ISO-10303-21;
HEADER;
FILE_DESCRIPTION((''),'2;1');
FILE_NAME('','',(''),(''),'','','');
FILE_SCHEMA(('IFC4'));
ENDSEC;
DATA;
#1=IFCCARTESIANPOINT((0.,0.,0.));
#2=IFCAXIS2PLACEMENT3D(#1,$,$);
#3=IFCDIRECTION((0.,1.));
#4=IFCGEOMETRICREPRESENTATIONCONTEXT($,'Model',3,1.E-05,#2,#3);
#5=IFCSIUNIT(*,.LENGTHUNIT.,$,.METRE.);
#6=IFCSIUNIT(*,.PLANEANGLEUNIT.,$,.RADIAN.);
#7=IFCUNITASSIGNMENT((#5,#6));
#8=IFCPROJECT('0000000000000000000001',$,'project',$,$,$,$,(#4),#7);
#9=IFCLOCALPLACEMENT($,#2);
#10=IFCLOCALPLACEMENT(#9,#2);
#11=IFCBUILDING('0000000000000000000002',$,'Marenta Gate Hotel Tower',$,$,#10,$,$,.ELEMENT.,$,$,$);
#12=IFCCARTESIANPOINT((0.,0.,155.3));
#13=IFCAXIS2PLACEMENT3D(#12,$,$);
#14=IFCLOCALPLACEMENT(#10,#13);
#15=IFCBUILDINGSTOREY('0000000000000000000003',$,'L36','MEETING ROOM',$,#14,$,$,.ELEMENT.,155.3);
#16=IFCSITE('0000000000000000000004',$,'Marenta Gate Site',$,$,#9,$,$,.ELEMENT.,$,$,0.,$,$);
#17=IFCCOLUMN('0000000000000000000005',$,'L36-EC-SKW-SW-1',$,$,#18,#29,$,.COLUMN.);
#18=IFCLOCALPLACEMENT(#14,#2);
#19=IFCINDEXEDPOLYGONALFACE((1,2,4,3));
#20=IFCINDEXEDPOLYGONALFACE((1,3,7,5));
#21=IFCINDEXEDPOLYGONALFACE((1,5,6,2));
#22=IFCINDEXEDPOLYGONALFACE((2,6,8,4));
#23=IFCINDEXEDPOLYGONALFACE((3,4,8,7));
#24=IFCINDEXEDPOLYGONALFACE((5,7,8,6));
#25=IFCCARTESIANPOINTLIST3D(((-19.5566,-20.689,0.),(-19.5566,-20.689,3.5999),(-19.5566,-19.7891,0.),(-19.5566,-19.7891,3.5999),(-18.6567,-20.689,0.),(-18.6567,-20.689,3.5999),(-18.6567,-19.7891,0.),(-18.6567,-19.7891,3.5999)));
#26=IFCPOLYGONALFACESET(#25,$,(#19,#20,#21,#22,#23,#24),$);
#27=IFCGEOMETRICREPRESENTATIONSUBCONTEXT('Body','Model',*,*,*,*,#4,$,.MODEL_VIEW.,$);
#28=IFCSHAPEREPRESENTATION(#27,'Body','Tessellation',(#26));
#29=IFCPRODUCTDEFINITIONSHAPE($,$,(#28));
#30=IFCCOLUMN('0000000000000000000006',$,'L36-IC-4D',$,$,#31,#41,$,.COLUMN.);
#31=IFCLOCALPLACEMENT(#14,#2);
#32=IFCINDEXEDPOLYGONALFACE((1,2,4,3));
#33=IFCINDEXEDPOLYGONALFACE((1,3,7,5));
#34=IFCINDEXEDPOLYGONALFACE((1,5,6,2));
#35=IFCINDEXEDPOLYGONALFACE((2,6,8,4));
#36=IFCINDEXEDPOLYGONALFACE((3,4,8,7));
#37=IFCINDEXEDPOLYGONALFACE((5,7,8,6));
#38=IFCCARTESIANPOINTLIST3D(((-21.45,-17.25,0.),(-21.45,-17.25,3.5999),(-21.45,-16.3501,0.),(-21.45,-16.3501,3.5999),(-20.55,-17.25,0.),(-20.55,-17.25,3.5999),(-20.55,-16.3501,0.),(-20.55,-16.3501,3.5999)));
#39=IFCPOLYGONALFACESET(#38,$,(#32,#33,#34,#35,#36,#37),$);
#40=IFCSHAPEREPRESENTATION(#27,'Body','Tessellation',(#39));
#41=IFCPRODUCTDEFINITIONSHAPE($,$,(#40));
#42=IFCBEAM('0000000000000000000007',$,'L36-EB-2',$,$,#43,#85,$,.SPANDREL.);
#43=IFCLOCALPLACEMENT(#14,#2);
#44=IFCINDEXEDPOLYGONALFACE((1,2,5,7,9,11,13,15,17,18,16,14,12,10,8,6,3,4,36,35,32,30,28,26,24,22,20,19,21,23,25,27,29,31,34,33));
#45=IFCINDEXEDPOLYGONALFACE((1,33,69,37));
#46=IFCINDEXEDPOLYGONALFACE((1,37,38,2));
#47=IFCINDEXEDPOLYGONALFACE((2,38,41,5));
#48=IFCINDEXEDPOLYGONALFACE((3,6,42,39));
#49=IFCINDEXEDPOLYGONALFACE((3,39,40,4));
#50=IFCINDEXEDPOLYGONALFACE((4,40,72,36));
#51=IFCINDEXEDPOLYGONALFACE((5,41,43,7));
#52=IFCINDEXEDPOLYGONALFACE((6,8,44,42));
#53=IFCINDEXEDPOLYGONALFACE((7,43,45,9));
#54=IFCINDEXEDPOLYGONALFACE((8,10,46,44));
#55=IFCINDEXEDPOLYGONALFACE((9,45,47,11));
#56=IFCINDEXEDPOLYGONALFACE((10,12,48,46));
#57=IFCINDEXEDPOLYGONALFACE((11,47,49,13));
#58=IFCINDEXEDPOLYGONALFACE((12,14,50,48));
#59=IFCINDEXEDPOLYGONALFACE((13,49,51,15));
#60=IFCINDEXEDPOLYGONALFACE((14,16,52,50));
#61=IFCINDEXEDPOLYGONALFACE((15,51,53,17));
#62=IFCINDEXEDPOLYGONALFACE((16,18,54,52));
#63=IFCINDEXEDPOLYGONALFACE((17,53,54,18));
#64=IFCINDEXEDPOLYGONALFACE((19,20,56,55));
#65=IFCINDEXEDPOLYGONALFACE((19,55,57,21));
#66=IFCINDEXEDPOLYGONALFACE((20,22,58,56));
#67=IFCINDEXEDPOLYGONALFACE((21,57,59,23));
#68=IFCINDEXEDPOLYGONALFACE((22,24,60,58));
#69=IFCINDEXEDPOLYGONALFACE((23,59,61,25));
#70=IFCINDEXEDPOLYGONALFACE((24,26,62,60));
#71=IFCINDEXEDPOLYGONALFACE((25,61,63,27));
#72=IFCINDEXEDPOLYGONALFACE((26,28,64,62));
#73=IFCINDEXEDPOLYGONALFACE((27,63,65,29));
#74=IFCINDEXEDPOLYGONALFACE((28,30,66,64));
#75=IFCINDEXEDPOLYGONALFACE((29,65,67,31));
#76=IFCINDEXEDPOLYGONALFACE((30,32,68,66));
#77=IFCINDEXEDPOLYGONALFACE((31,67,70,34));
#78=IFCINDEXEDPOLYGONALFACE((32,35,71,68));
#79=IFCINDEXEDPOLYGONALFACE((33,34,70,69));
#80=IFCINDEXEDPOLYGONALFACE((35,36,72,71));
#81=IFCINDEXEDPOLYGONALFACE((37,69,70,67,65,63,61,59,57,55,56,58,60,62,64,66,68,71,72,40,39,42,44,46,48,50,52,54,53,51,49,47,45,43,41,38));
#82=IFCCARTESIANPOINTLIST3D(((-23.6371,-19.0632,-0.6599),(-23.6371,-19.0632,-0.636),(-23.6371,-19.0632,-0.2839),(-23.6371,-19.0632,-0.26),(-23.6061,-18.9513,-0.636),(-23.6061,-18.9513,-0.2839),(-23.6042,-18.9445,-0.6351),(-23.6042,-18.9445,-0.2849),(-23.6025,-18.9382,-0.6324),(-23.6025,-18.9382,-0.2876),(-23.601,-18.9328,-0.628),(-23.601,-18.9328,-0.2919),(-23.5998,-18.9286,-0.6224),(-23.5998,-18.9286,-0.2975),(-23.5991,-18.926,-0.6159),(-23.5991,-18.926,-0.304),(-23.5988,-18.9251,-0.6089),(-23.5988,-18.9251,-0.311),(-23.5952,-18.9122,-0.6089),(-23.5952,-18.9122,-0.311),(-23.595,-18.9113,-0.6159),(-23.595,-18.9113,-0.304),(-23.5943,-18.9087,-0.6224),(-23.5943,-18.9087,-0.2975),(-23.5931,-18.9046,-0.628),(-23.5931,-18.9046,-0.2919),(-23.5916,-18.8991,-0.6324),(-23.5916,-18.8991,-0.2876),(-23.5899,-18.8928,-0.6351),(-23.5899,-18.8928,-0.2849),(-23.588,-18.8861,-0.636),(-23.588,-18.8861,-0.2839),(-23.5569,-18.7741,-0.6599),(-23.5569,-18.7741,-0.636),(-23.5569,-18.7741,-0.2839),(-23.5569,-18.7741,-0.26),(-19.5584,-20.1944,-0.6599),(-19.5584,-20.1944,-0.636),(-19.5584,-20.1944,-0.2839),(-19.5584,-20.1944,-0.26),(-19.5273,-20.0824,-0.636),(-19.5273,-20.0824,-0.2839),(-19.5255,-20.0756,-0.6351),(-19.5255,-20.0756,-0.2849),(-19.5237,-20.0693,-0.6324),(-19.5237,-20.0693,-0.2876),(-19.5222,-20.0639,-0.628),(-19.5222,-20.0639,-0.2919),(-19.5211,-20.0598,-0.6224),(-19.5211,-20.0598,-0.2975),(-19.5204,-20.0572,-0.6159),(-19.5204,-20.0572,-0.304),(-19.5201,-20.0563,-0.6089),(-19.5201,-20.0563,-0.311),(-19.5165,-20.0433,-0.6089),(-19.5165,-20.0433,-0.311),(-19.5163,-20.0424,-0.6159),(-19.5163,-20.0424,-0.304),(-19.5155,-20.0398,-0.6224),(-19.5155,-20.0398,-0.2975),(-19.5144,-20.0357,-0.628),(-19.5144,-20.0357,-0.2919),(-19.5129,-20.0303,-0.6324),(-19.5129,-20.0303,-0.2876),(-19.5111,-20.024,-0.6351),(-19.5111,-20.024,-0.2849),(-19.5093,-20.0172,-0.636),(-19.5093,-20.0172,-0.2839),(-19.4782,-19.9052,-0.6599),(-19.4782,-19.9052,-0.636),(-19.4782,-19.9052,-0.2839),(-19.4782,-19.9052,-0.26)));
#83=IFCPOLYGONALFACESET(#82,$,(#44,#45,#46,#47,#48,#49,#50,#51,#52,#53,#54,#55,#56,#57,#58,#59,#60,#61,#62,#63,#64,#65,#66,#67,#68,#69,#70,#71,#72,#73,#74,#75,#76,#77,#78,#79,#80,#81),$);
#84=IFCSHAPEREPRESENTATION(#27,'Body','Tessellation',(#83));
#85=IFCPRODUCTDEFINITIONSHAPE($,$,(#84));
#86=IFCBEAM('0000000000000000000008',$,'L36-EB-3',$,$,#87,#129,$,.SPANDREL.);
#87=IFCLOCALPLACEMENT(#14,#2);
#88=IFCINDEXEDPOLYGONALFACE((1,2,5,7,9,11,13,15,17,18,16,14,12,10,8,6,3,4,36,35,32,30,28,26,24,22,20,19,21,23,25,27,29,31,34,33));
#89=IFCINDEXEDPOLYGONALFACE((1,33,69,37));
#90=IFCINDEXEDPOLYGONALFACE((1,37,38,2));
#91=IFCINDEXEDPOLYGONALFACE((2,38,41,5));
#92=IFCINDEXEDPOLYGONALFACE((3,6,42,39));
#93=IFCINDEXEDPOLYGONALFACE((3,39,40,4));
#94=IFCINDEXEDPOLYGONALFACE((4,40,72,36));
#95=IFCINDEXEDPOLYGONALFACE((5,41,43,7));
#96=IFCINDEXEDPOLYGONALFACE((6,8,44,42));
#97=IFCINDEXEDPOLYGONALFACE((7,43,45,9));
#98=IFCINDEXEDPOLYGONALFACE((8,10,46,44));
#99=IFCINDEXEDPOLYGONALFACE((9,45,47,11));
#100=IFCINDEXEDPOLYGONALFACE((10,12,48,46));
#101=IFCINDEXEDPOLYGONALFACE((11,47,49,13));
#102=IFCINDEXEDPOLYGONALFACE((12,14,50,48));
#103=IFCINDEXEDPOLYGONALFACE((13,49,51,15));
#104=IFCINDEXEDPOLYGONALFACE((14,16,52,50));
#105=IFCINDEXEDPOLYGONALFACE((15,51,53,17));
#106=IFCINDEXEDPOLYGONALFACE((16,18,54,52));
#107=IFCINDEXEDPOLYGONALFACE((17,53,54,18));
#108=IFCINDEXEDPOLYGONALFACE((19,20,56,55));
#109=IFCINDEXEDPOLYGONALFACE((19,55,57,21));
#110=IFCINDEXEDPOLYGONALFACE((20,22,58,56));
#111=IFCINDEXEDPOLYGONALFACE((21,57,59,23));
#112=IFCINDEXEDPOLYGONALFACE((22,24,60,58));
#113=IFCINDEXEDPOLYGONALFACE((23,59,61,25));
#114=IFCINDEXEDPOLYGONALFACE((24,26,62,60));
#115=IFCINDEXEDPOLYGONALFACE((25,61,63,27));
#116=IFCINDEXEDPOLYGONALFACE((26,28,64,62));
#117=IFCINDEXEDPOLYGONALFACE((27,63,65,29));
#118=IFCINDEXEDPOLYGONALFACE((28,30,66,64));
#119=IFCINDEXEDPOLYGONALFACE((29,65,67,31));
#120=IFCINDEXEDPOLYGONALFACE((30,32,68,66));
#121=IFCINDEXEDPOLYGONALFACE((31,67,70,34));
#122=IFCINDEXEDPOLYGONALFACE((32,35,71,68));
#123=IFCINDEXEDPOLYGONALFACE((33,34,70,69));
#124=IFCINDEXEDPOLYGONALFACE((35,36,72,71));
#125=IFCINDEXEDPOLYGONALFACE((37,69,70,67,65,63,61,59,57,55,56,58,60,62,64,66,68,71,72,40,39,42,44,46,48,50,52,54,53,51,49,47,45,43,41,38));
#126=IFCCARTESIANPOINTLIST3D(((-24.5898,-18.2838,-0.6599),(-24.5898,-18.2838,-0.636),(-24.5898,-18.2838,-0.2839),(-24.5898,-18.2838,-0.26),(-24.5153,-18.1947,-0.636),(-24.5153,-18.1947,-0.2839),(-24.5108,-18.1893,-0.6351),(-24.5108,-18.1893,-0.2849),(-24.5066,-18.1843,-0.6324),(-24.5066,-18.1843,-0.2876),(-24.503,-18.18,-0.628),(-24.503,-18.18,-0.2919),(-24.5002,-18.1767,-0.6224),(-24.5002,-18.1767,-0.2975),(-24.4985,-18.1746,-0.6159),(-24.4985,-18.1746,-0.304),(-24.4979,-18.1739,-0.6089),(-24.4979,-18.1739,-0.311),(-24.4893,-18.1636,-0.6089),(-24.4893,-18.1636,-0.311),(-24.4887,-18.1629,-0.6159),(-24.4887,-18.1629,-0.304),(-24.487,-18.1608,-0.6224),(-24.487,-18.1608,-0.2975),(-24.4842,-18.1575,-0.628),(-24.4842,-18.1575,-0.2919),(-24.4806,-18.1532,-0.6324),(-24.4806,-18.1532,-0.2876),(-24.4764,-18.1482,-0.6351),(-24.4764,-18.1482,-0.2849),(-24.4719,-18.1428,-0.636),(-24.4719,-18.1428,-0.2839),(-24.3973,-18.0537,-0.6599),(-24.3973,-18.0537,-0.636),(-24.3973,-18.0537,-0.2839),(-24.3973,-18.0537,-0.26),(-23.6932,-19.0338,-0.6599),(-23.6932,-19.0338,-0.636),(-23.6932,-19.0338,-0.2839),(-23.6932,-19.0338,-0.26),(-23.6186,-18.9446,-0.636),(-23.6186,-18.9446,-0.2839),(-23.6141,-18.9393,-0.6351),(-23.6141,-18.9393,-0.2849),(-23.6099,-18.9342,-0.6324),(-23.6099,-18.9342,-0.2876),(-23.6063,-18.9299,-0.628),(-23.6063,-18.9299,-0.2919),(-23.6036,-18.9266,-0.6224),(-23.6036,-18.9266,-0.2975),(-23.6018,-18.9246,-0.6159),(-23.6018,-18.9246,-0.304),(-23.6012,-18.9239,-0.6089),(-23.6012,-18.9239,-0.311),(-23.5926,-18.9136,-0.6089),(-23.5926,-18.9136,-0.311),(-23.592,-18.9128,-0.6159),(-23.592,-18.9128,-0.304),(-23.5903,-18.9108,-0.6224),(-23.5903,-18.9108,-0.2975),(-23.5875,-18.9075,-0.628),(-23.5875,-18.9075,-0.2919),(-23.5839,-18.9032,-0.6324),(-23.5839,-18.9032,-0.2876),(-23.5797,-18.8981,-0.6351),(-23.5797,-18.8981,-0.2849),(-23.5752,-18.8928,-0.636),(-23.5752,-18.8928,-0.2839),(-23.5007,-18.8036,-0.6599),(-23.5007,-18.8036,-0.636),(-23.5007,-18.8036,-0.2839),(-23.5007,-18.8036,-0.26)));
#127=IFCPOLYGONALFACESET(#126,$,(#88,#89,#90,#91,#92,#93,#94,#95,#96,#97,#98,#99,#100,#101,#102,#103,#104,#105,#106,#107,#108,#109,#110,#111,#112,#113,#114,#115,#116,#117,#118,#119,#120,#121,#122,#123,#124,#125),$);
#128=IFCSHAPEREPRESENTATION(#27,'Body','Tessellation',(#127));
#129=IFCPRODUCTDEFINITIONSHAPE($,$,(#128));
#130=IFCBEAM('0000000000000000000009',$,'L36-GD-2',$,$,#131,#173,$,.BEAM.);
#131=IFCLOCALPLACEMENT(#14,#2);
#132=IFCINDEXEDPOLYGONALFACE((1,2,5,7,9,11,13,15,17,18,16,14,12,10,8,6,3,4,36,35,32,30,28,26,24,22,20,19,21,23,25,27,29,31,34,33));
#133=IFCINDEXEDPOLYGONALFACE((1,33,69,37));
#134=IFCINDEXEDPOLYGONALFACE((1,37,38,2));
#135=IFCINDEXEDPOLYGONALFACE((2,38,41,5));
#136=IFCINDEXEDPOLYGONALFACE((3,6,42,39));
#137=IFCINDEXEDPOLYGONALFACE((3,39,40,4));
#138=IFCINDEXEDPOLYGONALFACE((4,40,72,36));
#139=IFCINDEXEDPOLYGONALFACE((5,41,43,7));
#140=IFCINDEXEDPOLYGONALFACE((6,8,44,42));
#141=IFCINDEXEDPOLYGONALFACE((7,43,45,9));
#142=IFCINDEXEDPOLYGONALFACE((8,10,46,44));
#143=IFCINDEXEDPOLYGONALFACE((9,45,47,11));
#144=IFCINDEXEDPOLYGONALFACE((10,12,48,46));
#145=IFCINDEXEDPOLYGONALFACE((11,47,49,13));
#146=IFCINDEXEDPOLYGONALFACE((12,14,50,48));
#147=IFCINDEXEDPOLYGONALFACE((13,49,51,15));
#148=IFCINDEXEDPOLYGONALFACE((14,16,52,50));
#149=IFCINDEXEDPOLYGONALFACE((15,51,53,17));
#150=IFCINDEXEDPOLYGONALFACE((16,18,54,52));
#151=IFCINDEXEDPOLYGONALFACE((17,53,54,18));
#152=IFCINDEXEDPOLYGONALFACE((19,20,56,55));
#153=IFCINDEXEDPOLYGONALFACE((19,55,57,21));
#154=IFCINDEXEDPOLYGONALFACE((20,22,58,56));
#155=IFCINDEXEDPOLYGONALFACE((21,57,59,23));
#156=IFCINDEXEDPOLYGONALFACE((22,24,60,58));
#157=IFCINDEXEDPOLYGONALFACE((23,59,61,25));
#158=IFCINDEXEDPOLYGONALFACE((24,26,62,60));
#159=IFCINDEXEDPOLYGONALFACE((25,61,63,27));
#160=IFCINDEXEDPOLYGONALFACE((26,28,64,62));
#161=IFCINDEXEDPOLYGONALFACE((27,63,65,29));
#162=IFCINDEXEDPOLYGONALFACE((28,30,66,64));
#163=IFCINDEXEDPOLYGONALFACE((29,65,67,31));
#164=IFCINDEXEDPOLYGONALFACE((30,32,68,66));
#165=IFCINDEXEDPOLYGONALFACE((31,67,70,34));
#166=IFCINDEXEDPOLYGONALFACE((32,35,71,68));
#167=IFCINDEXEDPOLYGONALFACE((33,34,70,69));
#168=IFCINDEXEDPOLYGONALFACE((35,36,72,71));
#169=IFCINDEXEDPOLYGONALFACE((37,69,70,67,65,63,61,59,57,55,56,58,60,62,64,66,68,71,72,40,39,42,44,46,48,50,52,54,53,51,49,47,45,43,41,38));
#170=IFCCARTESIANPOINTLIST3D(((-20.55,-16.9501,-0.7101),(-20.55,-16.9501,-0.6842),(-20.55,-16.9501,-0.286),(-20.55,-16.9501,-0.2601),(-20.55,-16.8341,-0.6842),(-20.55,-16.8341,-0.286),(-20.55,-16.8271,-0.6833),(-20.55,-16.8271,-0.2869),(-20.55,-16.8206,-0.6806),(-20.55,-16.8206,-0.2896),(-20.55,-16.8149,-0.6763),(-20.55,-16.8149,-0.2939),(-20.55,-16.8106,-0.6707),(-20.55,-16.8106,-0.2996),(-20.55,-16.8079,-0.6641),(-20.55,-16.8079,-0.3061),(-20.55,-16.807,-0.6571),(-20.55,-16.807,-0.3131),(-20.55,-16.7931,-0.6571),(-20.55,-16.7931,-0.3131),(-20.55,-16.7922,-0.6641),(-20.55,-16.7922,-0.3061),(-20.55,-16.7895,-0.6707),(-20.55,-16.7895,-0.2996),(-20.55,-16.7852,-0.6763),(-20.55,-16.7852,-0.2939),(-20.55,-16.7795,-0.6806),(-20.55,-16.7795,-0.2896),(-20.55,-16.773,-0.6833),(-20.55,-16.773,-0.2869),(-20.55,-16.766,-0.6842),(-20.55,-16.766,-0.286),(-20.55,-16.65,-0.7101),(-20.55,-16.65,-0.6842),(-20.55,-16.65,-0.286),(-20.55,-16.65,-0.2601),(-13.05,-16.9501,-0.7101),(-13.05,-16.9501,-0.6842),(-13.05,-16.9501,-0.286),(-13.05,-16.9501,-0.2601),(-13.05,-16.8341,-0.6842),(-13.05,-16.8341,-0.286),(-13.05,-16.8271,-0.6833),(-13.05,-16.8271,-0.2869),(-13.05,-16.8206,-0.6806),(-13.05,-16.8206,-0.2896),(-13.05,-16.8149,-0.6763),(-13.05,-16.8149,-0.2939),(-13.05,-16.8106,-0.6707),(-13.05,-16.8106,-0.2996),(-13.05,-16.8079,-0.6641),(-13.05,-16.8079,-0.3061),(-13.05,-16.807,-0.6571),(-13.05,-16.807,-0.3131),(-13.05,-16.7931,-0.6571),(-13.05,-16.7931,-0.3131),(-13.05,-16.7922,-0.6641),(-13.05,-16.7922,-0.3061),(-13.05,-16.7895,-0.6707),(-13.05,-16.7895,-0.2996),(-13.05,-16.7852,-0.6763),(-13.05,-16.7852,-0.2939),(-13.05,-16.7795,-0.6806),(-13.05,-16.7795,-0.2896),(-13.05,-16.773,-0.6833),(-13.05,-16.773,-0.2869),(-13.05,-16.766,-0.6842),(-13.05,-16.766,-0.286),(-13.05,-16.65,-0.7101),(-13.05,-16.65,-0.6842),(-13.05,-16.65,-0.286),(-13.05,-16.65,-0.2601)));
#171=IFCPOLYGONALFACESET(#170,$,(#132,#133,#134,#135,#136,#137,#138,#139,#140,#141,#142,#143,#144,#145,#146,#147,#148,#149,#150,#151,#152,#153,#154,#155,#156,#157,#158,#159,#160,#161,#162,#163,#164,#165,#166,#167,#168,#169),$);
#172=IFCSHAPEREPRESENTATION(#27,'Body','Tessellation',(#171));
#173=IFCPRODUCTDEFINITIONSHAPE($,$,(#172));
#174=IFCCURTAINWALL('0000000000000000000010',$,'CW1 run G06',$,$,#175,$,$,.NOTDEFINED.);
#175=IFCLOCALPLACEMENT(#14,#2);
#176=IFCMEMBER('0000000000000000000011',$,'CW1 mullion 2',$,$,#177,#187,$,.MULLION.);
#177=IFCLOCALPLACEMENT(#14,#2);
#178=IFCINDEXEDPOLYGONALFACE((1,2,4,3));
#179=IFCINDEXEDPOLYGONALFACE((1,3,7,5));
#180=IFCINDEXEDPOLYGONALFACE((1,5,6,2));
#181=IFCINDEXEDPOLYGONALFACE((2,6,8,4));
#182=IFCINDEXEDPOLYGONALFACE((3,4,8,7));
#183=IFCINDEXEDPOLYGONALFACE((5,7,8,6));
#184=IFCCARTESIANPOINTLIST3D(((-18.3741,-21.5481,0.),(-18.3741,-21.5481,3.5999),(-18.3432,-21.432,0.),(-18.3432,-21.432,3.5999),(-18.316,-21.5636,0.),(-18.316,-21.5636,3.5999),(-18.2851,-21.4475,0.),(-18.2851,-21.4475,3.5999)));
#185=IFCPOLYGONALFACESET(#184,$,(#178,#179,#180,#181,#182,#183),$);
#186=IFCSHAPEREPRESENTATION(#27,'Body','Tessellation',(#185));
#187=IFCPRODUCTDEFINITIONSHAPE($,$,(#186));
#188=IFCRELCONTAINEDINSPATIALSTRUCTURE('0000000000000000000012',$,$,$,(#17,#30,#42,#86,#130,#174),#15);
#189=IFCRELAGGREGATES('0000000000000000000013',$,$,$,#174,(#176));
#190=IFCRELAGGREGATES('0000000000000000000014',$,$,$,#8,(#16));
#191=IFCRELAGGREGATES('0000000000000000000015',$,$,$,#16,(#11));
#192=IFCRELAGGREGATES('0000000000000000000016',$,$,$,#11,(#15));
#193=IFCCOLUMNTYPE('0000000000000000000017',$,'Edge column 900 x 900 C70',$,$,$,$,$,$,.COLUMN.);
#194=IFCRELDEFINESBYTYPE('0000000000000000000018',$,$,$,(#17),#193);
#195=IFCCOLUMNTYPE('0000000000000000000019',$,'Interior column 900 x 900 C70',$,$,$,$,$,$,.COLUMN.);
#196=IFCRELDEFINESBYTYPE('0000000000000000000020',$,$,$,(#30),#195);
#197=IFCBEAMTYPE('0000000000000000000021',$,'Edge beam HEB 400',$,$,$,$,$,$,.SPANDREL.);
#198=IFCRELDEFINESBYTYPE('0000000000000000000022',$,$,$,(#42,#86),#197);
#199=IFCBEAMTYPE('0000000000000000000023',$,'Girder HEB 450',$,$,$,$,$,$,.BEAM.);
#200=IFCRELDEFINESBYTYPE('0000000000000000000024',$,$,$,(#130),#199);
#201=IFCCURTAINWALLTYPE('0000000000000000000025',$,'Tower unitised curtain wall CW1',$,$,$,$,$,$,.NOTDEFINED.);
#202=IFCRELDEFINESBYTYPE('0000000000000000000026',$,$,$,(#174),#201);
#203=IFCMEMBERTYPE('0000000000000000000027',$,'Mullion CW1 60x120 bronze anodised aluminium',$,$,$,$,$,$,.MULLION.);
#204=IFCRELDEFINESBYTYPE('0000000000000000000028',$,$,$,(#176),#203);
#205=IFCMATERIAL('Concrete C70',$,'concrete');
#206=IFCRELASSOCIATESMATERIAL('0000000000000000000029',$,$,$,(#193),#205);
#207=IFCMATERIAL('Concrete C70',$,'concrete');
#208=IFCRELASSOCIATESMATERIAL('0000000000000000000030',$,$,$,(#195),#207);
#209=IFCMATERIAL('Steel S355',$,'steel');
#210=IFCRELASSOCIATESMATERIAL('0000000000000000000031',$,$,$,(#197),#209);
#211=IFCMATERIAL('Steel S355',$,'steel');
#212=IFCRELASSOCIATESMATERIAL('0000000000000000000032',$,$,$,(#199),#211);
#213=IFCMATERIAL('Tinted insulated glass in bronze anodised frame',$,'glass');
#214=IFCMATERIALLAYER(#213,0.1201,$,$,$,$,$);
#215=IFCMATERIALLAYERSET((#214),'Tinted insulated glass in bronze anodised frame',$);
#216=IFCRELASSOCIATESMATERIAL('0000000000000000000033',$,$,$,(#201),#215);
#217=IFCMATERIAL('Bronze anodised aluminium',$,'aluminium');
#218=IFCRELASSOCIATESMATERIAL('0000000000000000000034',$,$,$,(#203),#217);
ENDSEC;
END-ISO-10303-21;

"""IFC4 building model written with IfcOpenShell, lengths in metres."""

from ifc_helpers import new_model, si_unit, direction, frame, origin, origin_2d, place, context, subcontext, project, spatial, rectangle, i_section, extrude, material, layer, layer_set, material_profile, profile_set, type_object, element, aggregate, save


model = new_model("IFC4")

# Units and contexts
model_context = context("Model", 3, precision=1e-05, world=origin(), true_north=direction((0.0, 1.0)))
body_context = subcontext(model_context, "Body", "Model", "MODEL_VIEW")
ifc_project = project(units=[si_unit("LENGTHUNIT", "METRE"), si_unit("PLANEANGLEUNIT", "RADIAN")], contexts=[model_context])

# Site, building, storey
site_placement = place(None, origin())
site = spatial("IfcSite", under=ifc_project, at=site_placement, Name="Marenta Gate Site", CompositionType="ELEMENT", RefElevation=0.0)
building_placement = place(site_placement, origin())
building = spatial("IfcBuilding", under=site, at=building_placement, Name="Marenta Gate Hotel Tower", CompositionType="ELEMENT")
storey_placement = place(building_placement, frame((0.0, 0.0, 155.3)))
storey = spatial("IfcBuildingStorey", under=building, at=storey_placement, Name="L36", Description="MEETING ROOM", CompositionType="ELEMENT", Elevation=155.3)

# Columns
ifc_material_1 = material(Name="Concrete C70", Category="concrete")
ifc_material_profile_1 = material_profile(ifc_material_1, rectangle(XDim=0.8999, YDim=0.8999, at=origin_2d()), Name="900 x 900")
ifc_profile_set_1 = profile_set([ifc_material_profile_1], Name="Concrete C70")
column_type_1 = type_object("IfcColumnType", Name="Edge column 900 x 900 C70", PredefinedType="COLUMN", material=ifc_profile_set_1)
column_1_placement = place(storey_placement, frame((-19.1067, -20.239, 0.0), z_axis=(0.0, 0.0, 1.0), x_axis=(1.0, 0.0, 0.0)))
element("IfcColumn", 1, at=column_1_placement, inside=storey, type_object=column_type_1, Name="L36-EC-SKW-SW-1", PredefinedType="COLUMN", context=body_context, shape_type="SweptSolid", body=[
    extrude(rectangle(XDim=0.8999, YDim=0.8999, at=origin_2d()), origin(), (0.0, 0.0, 1.0), 3.5999),
])
ifc_material_2 = material(Name="Concrete C70", Category="concrete")
ifc_material_profile_2 = material_profile(ifc_material_2, rectangle(XDim=0.8999, YDim=0.8999, at=origin_2d()), Name="900 x 900")
ifc_profile_set_2 = profile_set([ifc_material_profile_2], Name="Concrete C70")
column_type_2 = type_object("IfcColumnType", Name="Interior column 900 x 900 C70", PredefinedType="COLUMN", material=ifc_profile_set_2)
column_2_placement = place(storey_placement, frame((-21.0, -16.8, 0.0), z_axis=(0.0, 0.0, 1.0), x_axis=(1.0, 0.0, 0.0)))
element("IfcColumn", 2, at=column_2_placement, inside=storey, type_object=column_type_2, Name="L36-IC-4D", PredefinedType="COLUMN", context=body_context, shape_type="SweptSolid", body=[
    extrude(rectangle(XDim=0.8999, YDim=0.8999, at=origin_2d()), origin(), (0.0, 0.0, 1.0), 3.5999),
])

# Beams
ifc_material_3 = material(Name="Steel S355", Category="steel")
ifc_material_profile_3 = material_profile(ifc_material_3, i_section(OverallWidth=0.3, OverallDepth=0.3999, WebThickness=0.0134, FlangeThickness=0.0239, FilletRadius=0.0271, at=origin_2d()), Name="HEB 400")
ifc_profile_set_3 = profile_set([ifc_material_profile_3], Name="Steel S355")
beam_type_1 = type_object("IfcBeamType", Name="Edge beam HEB 400", PredefinedType="SPANDREL", material=ifc_profile_set_3)
beam_1_placement = place(storey_placement, frame((-19.5183, -20.0498, -0.46), z_axis=(-0.96363, 0.267239, 0.0), x_axis=(-0.267239, -0.96363, 0.0)))
element("IfcBeam", 3, at=beam_1_placement, inside=storey, type_object=beam_type_1, Name="L36-EB-2", PredefinedType="SPANDREL", context=body_context, shape_type="SweptSolid", body=[
    extrude(i_section(OverallWidth=0.3, OverallDepth=0.3999, WebThickness=0.0134, FlangeThickness=0.0239, FilletRadius=0.0271, at=origin_2d()), origin(), (0.0, 0.0, 1.0), 4.2327),
])
beam_2_placement = place(storey_placement, frame((-23.5969, -18.9187, -0.46), z_axis=(-0.767073, 0.64156, 0.0), x_axis=(-0.64156, -0.767073, 0.0)))
element("IfcBeam", 4, at=beam_2_placement, inside=storey, type_object=beam_type_1, Name="L36-EB-3", PredefinedType="SPANDREL", context=body_context, shape_type="SweptSolid", body=[
    extrude(i_section(OverallWidth=0.3, OverallDepth=0.3999, WebThickness=0.0134, FlangeThickness=0.0239, FilletRadius=0.0271, at=origin_2d()), origin(), (0.0, 0.0, 1.0), 1.1689),
])
ifc_material_4 = material(Name="Steel S355", Category="steel")
ifc_material_profile_4 = material_profile(ifc_material_4, i_section(OverallWidth=0.3, OverallDepth=0.45, WebThickness=0.0139, FlangeThickness=0.0259, FilletRadius=0.0271, at=origin_2d()), Name="HEB 450")
ifc_profile_set_4 = profile_set([ifc_material_profile_4], Name="Steel S355")
beam_type_2 = type_object("IfcBeamType", Name="Girder HEB 450", PredefinedType="BEAM", material=ifc_profile_set_4)
beam_3_placement = place(storey_placement, frame((-20.55, -16.8, -0.4851), z_axis=(1.0, 0.0, 0.0), x_axis=(0.0, 1.0, 0.0)))
element("IfcBeam", 5, at=beam_3_placement, inside=storey, type_object=beam_type_2, Name="L36-GD-2", PredefinedType="BEAM", context=body_context, shape_type="SweptSolid", body=[
    extrude(i_section(OverallWidth=0.3, OverallDepth=0.45, WebThickness=0.0139, FlangeThickness=0.0259, FilletRadius=0.0271, at=origin_2d()), origin(), (0.0, 0.0, 1.0), 7.5),
])

# Curtain wall, member
ifc_material_5 = material(Name="Tinted insulated glass in bronze anodised frame", Category="glass")
ifc_layer_1 = layer(ifc_material_5, 0.1201)
ifc_layer_set_1 = layer_set([ifc_layer_1], Name="Tinted insulated glass in bronze anodised frame")
curtain_wall_type = type_object("IfcCurtainWallType", Name="Tower unitised curtain wall CW1", PredefinedType="NOTDEFINED", material=ifc_layer_set_1)
curtain_wall_placement = place(storey_placement, origin())
curtain_wall = element("IfcCurtainWall", 6, at=curtain_wall_placement, inside=storey, type_object=curtain_wall_type, Name="CW1 run G06", PredefinedType="NOTDEFINED")
ifc_material_6 = material(Name="Bronze anodised aluminium", Category="aluminium")
ifc_material_profile_5 = material_profile(ifc_material_6, rectangle(XDim=0.1201, YDim=0.0601, at=origin_2d()), Name="Mullion CW1 60x120 bronze anodised aluminium")
ifc_profile_set_5 = profile_set([ifc_material_profile_5], Name="Bronze anodised aluminium")
member_type_1 = type_object("IfcMemberType", Name="Mullion CW1 60x120 bronze anodised aluminium", PredefinedType="MULLION", material=ifc_profile_set_5)
member_1_placement = place(storey_placement, frame((-18.3296, -21.4978, 0.0), z_axis=(0.0, 0.0, 1.0), x_axis=(0.257144, 0.966373, 0.0)))
member_1 = element("IfcMember", 7, at=member_1_placement, type_object=member_type_1, Name="CW1 mullion 2", PredefinedType="MULLION", context=body_context, shape_type="SweptSolid", body=[
    extrude(rectangle(XDim=0.1201, YDim=0.0601, at=origin_2d()), origin(), (0.0, 0.0, 1.0), 3.5999),
])
aggregate(curtain_wall, [member_1])

save(model, "model.ifc")
